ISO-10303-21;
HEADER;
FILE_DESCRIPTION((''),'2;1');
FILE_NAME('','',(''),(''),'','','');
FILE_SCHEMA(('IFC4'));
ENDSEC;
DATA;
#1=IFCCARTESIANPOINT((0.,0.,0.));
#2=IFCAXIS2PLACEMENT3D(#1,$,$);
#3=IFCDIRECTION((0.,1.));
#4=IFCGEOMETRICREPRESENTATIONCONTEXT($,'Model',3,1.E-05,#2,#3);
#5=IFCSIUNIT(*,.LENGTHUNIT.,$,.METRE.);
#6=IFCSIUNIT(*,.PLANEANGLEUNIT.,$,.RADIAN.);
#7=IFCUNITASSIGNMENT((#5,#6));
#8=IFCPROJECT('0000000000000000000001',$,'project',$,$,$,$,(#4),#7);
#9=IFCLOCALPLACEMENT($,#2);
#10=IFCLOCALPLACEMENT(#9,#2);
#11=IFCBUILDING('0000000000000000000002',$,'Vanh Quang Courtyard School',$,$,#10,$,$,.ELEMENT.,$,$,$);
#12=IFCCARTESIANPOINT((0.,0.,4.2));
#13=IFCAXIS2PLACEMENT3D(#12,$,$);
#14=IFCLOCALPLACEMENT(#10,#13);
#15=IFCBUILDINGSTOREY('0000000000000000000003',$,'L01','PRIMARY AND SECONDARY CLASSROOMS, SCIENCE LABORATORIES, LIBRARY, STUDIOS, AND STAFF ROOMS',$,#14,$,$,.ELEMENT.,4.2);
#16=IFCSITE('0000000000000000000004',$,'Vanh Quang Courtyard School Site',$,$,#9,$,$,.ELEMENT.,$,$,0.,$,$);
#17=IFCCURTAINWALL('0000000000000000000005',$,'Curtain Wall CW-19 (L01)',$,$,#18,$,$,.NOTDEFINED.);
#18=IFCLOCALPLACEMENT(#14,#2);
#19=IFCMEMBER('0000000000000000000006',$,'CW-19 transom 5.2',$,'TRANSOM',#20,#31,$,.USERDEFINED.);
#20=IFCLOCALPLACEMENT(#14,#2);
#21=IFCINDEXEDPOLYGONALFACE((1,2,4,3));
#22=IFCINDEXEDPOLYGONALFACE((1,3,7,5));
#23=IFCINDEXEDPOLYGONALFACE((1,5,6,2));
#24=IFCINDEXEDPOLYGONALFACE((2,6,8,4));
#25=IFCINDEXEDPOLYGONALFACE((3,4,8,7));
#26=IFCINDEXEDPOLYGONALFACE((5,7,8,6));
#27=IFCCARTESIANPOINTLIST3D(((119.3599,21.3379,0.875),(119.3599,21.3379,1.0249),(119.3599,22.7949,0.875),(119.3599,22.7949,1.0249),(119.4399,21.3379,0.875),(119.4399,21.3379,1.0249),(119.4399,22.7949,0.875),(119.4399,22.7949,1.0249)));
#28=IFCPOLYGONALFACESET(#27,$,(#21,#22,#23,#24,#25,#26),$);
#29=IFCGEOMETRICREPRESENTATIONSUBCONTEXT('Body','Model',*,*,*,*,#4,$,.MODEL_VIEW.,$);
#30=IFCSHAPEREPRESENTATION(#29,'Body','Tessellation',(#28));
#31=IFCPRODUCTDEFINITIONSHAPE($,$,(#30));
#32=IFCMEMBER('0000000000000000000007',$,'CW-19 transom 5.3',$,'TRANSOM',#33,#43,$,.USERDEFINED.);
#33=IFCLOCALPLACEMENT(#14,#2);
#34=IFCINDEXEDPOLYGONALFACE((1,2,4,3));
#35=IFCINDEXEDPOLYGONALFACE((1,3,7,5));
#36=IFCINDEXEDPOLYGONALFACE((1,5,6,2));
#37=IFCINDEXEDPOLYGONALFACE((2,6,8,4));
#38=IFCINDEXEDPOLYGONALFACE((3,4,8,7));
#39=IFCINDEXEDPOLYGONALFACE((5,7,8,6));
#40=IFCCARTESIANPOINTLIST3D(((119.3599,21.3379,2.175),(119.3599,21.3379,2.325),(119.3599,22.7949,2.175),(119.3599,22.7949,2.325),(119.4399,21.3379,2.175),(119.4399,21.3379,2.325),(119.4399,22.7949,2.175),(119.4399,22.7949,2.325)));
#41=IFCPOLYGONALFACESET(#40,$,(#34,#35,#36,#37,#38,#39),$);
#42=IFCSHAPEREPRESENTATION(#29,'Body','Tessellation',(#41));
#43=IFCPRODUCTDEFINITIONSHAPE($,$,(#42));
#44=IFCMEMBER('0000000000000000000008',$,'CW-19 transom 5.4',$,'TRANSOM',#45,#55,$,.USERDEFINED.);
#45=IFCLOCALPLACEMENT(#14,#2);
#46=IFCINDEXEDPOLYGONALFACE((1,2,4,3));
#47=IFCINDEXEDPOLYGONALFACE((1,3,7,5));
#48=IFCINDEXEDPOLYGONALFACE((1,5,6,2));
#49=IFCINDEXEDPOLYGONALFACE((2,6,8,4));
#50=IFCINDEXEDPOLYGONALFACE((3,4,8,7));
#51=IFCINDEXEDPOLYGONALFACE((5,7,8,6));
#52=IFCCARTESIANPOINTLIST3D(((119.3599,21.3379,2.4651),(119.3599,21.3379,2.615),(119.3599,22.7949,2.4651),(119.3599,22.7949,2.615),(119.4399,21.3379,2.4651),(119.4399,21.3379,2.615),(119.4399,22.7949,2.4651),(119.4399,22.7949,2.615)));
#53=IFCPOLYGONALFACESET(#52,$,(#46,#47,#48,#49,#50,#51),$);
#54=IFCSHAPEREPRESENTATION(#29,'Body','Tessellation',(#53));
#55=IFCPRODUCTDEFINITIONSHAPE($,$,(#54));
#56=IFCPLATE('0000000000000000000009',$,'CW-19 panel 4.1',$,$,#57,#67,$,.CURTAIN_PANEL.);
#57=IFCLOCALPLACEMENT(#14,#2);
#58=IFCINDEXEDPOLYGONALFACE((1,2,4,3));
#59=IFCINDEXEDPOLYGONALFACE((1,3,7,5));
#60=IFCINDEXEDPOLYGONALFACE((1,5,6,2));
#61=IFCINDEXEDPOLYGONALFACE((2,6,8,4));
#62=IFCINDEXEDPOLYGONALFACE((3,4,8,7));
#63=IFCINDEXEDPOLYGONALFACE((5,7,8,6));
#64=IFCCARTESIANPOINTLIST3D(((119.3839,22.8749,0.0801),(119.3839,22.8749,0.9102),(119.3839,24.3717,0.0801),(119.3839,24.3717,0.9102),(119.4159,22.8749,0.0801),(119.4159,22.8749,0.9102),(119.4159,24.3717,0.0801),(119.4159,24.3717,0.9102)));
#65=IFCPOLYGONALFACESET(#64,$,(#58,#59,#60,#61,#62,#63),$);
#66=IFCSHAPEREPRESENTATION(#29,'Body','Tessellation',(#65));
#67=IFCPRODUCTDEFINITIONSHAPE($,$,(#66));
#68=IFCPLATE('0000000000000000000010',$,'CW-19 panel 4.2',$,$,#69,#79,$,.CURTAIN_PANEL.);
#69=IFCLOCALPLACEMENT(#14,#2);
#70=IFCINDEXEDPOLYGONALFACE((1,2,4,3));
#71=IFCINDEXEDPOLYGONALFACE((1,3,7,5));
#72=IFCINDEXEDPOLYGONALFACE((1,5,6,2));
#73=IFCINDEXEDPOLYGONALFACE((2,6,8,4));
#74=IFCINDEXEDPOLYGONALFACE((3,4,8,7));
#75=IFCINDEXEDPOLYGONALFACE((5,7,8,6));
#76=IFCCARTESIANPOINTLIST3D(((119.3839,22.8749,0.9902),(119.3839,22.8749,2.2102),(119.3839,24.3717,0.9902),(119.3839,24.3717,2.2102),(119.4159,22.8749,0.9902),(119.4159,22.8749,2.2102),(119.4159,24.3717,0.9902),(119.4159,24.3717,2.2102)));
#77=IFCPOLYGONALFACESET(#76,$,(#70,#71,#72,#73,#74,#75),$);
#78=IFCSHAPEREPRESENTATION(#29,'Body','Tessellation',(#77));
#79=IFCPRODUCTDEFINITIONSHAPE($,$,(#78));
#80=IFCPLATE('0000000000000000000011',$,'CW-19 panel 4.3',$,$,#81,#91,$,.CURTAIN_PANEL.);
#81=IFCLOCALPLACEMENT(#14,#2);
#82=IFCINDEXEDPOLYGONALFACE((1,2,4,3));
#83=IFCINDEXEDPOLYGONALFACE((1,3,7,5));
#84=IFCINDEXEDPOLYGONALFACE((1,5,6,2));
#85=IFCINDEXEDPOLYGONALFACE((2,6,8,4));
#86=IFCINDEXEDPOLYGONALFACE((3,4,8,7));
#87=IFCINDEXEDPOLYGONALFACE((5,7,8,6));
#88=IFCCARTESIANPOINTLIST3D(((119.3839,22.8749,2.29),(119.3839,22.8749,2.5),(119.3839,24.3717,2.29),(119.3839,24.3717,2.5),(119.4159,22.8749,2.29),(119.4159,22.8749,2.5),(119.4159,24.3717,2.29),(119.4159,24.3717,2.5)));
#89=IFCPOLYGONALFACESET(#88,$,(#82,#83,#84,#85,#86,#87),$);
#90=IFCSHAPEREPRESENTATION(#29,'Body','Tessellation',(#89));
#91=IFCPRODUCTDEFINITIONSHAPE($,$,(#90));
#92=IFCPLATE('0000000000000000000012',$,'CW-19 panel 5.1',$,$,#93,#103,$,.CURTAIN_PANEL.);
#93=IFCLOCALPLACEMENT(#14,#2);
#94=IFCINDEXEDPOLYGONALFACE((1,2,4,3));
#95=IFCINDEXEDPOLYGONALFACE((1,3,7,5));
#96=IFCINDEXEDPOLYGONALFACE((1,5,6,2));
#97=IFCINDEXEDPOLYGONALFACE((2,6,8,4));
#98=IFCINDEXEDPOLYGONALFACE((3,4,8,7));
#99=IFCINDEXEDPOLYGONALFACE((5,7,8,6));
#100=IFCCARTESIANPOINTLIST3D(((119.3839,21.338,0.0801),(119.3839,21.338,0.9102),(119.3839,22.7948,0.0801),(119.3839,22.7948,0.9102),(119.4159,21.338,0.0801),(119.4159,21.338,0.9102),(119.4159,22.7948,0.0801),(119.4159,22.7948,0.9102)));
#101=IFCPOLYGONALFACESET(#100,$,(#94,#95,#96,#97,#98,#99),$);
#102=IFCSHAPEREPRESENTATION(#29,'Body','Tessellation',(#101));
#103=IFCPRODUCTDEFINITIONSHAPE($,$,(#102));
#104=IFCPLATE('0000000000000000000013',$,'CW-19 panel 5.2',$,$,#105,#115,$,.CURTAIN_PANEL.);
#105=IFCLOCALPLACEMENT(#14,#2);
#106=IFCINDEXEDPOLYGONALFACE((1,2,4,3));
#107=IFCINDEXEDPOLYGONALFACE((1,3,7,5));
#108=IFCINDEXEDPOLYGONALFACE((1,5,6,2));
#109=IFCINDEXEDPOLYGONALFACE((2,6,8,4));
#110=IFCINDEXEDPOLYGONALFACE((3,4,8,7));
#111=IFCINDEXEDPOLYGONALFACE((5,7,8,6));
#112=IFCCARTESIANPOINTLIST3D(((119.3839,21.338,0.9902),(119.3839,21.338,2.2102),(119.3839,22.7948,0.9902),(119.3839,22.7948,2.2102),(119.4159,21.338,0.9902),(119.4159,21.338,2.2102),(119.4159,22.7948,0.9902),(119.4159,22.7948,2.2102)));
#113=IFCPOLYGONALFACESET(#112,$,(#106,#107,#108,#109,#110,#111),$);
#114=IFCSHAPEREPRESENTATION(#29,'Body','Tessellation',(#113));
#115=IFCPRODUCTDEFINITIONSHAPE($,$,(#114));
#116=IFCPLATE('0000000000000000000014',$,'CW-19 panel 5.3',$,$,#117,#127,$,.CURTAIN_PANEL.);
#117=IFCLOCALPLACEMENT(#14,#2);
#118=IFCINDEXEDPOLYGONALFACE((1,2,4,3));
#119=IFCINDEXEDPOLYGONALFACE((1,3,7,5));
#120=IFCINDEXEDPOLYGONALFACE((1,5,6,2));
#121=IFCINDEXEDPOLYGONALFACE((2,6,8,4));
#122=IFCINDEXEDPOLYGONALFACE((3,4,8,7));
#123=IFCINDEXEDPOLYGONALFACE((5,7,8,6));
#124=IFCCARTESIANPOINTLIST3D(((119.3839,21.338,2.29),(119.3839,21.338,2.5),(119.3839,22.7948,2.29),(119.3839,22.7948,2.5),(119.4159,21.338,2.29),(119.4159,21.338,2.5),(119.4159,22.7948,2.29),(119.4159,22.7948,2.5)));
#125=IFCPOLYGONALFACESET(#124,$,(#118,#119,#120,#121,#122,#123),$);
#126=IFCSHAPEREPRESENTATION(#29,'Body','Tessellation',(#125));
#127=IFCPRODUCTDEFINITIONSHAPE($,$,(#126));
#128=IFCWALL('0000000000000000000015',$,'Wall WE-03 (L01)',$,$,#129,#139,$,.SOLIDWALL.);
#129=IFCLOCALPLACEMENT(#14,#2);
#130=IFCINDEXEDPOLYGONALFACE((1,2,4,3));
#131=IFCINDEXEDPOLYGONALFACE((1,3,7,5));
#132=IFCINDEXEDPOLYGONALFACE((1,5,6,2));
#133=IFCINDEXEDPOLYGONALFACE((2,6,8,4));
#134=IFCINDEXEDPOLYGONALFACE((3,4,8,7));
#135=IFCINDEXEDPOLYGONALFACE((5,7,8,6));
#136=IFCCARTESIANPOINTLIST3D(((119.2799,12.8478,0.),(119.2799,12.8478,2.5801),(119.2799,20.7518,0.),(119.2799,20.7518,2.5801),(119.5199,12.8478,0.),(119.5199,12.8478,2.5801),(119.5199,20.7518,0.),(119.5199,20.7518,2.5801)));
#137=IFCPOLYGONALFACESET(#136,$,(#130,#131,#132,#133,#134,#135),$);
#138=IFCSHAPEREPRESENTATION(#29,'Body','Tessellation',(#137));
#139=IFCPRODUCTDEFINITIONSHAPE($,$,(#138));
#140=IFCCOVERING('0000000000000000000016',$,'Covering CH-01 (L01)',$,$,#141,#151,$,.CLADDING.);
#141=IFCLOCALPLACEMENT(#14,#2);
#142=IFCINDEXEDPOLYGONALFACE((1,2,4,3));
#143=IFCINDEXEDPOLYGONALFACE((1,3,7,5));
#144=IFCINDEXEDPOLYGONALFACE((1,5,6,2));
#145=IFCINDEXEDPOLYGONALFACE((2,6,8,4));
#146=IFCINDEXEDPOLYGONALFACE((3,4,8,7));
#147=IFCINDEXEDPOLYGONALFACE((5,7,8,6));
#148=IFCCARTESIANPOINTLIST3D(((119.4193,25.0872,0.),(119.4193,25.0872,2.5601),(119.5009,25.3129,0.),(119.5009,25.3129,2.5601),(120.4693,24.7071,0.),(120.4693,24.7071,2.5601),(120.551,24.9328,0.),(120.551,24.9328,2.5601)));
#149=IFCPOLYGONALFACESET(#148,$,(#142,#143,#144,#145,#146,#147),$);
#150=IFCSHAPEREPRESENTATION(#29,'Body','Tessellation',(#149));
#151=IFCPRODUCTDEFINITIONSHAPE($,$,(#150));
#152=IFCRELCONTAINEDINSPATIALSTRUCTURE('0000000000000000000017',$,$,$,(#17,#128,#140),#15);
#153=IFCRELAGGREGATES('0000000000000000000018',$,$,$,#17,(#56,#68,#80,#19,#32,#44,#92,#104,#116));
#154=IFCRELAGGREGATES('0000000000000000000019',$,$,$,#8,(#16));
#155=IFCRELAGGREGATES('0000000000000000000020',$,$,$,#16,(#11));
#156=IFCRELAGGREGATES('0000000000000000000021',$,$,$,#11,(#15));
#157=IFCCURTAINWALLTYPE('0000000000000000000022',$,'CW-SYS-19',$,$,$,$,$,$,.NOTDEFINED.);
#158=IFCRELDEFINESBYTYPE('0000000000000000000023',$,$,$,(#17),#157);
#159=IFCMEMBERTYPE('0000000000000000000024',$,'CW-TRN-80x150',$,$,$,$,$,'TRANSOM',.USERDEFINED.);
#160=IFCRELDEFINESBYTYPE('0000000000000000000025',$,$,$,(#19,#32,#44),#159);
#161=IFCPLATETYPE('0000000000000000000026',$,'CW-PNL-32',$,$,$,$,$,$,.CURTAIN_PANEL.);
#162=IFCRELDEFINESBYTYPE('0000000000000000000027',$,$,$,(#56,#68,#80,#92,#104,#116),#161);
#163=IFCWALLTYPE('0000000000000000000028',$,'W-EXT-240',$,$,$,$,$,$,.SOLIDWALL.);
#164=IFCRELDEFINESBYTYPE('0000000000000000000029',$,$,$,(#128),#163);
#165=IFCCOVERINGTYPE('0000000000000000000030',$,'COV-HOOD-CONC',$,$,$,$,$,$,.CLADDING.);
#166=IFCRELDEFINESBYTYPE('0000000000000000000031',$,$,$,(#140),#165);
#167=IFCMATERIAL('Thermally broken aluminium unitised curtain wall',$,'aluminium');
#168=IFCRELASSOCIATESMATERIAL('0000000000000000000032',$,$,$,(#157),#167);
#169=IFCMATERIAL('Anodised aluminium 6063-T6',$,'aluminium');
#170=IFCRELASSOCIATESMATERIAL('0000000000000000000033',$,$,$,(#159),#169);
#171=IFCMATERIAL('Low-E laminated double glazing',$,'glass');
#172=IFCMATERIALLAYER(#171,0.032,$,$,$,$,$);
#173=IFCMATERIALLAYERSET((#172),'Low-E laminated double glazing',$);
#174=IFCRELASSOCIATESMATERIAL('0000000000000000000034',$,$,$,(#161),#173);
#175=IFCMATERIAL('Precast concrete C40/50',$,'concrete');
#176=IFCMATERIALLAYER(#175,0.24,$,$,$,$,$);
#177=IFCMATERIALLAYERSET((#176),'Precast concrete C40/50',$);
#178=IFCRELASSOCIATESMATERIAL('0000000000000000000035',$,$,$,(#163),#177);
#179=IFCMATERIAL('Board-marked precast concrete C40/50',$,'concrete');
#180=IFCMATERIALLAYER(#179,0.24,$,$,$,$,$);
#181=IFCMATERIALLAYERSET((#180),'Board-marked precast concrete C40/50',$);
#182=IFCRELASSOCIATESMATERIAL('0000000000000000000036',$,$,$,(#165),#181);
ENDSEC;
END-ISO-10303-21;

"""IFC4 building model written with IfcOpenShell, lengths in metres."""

from ifc_helpers import new_model, si_unit, direction, frame, frame_2d, origin, origin_2d, place, context, subcontext, project, spatial, rectangle, extrude, material, layer, layer_set, material_profile, profile_set, type_object, element, aggregate, save


model = new_model("IFC4")

# Units and contexts
model_context = context("Model", 3, precision=1e-05, world=origin(), true_north=direction((0.0, 1.0)))
body_context = subcontext(model_context, "Body", "Model", "MODEL_VIEW")
ifc_project = project(units=[si_unit("LENGTHUNIT", "METRE"), si_unit("PLANEANGLEUNIT", "RADIAN")], contexts=[model_context])

# Site, building, storey
site_placement = place(None, origin())
site = spatial("IfcSite", under=ifc_project, at=site_placement, Name="Vanh Quang Courtyard School Site", CompositionType="ELEMENT", RefElevation=0.0)
building_placement = place(site_placement, origin())
building = spatial("IfcBuilding", under=site, at=building_placement, Name="Vanh Quang Courtyard School", CompositionType="ELEMENT")
storey_placement = place(building_placement, frame((0.0, 0.0, 4.2)))
storey = spatial("IfcBuildingStorey", under=building, at=storey_placement, Name="L01", Description="PRIMARY AND SECONDARY CLASSROOMS, SCIENCE LABORATORIES, LIBRARY, STUDIOS, AND STAFF ROOMS", CompositionType="ELEMENT", Elevation=4.2)

# Shared definitions
ifc_material_1 = material(Name="Thermally broken aluminium unitised curtain wall", Category="aluminium")
ifc_material_2 = material(Name="Anodised aluminium 6063-T6", Category="aluminium")

# Curtain wall
curtain_wall_type_1 = type_object("IfcCurtainWallType", Name="CW-SYS-19", PredefinedType="NOTDEFINED", material=ifc_material_1)
curtain_wall_1_placement = place(storey_placement, origin())
curtain_wall_1 = element("IfcCurtainWall", 1, at=curtain_wall_1_placement, inside=storey, type_object=curtain_wall_type_1, Name="Curtain Wall CW-19 (L01)", PredefinedType="NOTDEFINED")

# Members
ifc_material_profile_1 = material_profile(ifc_material_2, rectangle(XDim=0.0801, YDim=0.1499, at=origin_2d()), Name="ALU-TRN 80x150")
ifc_profile_set_1 = profile_set([ifc_material_profile_1], Name="Anodised aluminium 6063-T6")
member_type_1 = type_object("IfcMemberType", Name="CW-TRN-80x150", ElementType="TRANSOM", PredefinedType="USERDEFINED", material=ifc_profile_set_1)
member_1_placement = place(storey_placement, frame((119.3999, 22.7949, 0.95), z_axis=(0.0, -1.0, 0.0), x_axis=(1.0, 0.0, 0.0)))
member_1 = element("IfcMember", 2, at=member_1_placement, type_object=member_type_1, Name="CW-19 transom 5.2", ObjectType="TRANSOM", PredefinedType="USERDEFINED", context=body_context, shape_type="SweptSolid", body=[
    extrude(rectangle(XDim=0.0801, YDim=0.1499, at=origin_2d()), origin(), (0.0, 0.0, 1.0), 1.457),
])
member_2_placement = place(storey_placement, frame((119.3999, 22.7949, 2.25), z_axis=(0.0, -1.0, 0.0), x_axis=(1.0, 0.0, 0.0)))
member_2 = element("IfcMember", 3, at=member_2_placement, type_object=member_type_1, Name="CW-19 transom 5.3", ObjectType="TRANSOM", PredefinedType="USERDEFINED", context=body_context, shape_type="SweptSolid", body=[
    extrude(rectangle(XDim=0.0801, YDim=0.1499, at=origin_2d()), origin(), (0.0, 0.0, 1.0), 1.457),
])
member_3_placement = place(storey_placement, frame((119.3999, 22.7949, 2.54), z_axis=(0.0, -1.0, 0.0), x_axis=(1.0, 0.0, 0.0)))
member_3 = element("IfcMember", 4, at=member_3_placement, type_object=member_type_1, Name="CW-19 transom 5.4", ObjectType="TRANSOM", PredefinedType="USERDEFINED", context=body_context, shape_type="SweptSolid", body=[
    extrude(rectangle(XDim=0.0801, YDim=0.1499, at=origin_2d()), origin(), (0.0, 0.0, 1.0), 1.457),
])

# Plates
ifc_material_3 = material(Name="Low-E laminated double glazing", Category="glass")
ifc_layer_1 = layer(ifc_material_3, 0.032)
ifc_layer_set_1 = layer_set([ifc_layer_1], Name="Low-E laminated double glazing")
plate_type = type_object("IfcPlateType", Name="CW-PNL-32", PredefinedType="CURTAIN_PANEL", material=ifc_layer_set_1)
plate_1_placement = place(storey_placement, frame((119.3999, 23.6233, 0.0801), z_axis=(0.0, 0.0, 1.0), x_axis=(0.0, -1.0, 0.0)))
plate_1 = element("IfcPlate", 5, at=plate_1_placement, type_object=plate_type, Name="CW-19 panel 4.1", PredefinedType="CURTAIN_PANEL", context=body_context, shape_type="SweptSolid", body=[
    extrude(rectangle(XDim=1.4968, YDim=0.032, at=origin_2d()), origin(), (0.0, 0.0, 1.0), 0.8301),
])
plate_2_placement = place(storey_placement, frame((119.3999, 23.6233, 0.9902), z_axis=(0.0, 0.0, 1.0), x_axis=(0.0, -1.0, 0.0)))
plate_2 = element("IfcPlate", 6, at=plate_2_placement, type_object=plate_type, Name="CW-19 panel 4.2", PredefinedType="CURTAIN_PANEL", context=body_context, shape_type="SweptSolid", body=[
    extrude(rectangle(XDim=1.4968, YDim=0.032, at=origin_2d()), origin(), (0.0, 0.0, 1.0), 1.22),
])
plate_3_placement = place(storey_placement, frame((119.3999, 23.6233, 2.29), z_axis=(0.0, 0.0, 1.0), x_axis=(0.0, -1.0, 0.0)))
plate_3 = element("IfcPlate", 7, at=plate_3_placement, type_object=plate_type, Name="CW-19 panel 4.3", PredefinedType="CURTAIN_PANEL", context=body_context, shape_type="SweptSolid", body=[
    extrude(rectangle(XDim=1.4968, YDim=0.032, at=origin_2d()), origin(), (0.0, 0.0, 1.0), 0.21),
])
plate_4_placement = place(storey_placement, frame((119.3999, 22.0664, 0.0801), z_axis=(0.0, 0.0, 1.0), x_axis=(0.0, -1.0, 0.0)))
plate_4 = element("IfcPlate", 8, at=plate_4_placement, type_object=plate_type, Name="CW-19 panel 5.1", PredefinedType="CURTAIN_PANEL", context=body_context, shape_type="SweptSolid", body=[
    extrude(rectangle(XDim=1.4568, YDim=0.032, at=origin_2d()), origin(), (0.0, 0.0, 1.0), 0.8301),
])
plate_5_placement = place(storey_placement, frame((119.3999, 22.0664, 0.9902), z_axis=(0.0, 0.0, 1.0), x_axis=(0.0, -1.0, 0.0)))
plate_5 = element("IfcPlate", 9, at=plate_5_placement, type_object=plate_type, Name="CW-19 panel 5.2", PredefinedType="CURTAIN_PANEL", context=body_context, shape_type="SweptSolid", body=[
    extrude(rectangle(XDim=1.4568, YDim=0.032, at=origin_2d()), origin(), (0.0, 0.0, 1.0), 1.22),
])
plate_6_placement = place(storey_placement, frame((119.3999, 22.0664, 2.29), z_axis=(0.0, 0.0, 1.0), x_axis=(0.0, -1.0, 0.0)))
plate_6 = element("IfcPlate", 10, at=plate_6_placement, type_object=plate_type, Name="CW-19 panel 5.3", PredefinedType="CURTAIN_PANEL", context=body_context, shape_type="SweptSolid", body=[
    extrude(rectangle(XDim=1.4568, YDim=0.032, at=origin_2d()), origin(), (0.0, 0.0, 1.0), 0.21),
])
aggregate(curtain_wall_1, [plate_1, plate_2, plate_3, member_1, member_2, member_3, plate_4, plate_5, plate_6])

# Wall
ifc_material_4 = material(Name="Precast concrete C40/50", Category="concrete")
ifc_layer_2 = layer(ifc_material_4, 0.24)
ifc_layer_set_2 = layer_set([ifc_layer_2], Name="Precast concrete C40/50")
wall_type = type_object("IfcWallType", Name="W-EXT-240", PredefinedType="SOLIDWALL", material=ifc_layer_set_2)
wall_placement = place(storey_placement, frame((119.3999, 20.752, 0.0), z_axis=(0.0, 0.0, 1.0), x_axis=(0.0, -1.0, 0.0)))
element("IfcWall", 11, at=wall_placement, inside=storey, type_object=wall_type, Name="Wall WE-03 (L01)", PredefinedType="SOLIDWALL", context=body_context, shape_type="SweptSolid", body=[
    extrude(rectangle(XDim=7.9041, YDim=0.24, at=frame_2d((3.9521, 0.0))), origin(), (0.0, 0.0, 1.0), 2.5801),
])

# Covering
ifc_material_5 = material(Name="Board-marked precast concrete C40/50", Category="concrete")
ifc_layer_3 = layer(ifc_material_5, 0.24)
ifc_layer_set_3 = layer_set([ifc_layer_3], Name="Board-marked precast concrete C40/50")
covering_type = type_object("IfcCoveringType", Name="COV-HOOD-CONC", PredefinedType="CLADDING", material=ifc_layer_set_3)
covering_placement = place(storey_placement, frame((119.9851, 25.01, 0.0), z_axis=(0.0, 0.0, 1.0), x_axis=(0.940288, -0.34038, 0.0)))
element("IfcCovering", 12, at=covering_placement, inside=storey, type_object=covering_type, Name="Covering CH-01 (L01)", PredefinedType="CLADDING", context=body_context, shape_type="SweptSolid", body=[
    extrude(rectangle(XDim=1.1167, YDim=0.24, at=origin_2d()), origin(), (0.0, 0.0, 1.0), 2.5601),
])

save(model, "model.ifc")
